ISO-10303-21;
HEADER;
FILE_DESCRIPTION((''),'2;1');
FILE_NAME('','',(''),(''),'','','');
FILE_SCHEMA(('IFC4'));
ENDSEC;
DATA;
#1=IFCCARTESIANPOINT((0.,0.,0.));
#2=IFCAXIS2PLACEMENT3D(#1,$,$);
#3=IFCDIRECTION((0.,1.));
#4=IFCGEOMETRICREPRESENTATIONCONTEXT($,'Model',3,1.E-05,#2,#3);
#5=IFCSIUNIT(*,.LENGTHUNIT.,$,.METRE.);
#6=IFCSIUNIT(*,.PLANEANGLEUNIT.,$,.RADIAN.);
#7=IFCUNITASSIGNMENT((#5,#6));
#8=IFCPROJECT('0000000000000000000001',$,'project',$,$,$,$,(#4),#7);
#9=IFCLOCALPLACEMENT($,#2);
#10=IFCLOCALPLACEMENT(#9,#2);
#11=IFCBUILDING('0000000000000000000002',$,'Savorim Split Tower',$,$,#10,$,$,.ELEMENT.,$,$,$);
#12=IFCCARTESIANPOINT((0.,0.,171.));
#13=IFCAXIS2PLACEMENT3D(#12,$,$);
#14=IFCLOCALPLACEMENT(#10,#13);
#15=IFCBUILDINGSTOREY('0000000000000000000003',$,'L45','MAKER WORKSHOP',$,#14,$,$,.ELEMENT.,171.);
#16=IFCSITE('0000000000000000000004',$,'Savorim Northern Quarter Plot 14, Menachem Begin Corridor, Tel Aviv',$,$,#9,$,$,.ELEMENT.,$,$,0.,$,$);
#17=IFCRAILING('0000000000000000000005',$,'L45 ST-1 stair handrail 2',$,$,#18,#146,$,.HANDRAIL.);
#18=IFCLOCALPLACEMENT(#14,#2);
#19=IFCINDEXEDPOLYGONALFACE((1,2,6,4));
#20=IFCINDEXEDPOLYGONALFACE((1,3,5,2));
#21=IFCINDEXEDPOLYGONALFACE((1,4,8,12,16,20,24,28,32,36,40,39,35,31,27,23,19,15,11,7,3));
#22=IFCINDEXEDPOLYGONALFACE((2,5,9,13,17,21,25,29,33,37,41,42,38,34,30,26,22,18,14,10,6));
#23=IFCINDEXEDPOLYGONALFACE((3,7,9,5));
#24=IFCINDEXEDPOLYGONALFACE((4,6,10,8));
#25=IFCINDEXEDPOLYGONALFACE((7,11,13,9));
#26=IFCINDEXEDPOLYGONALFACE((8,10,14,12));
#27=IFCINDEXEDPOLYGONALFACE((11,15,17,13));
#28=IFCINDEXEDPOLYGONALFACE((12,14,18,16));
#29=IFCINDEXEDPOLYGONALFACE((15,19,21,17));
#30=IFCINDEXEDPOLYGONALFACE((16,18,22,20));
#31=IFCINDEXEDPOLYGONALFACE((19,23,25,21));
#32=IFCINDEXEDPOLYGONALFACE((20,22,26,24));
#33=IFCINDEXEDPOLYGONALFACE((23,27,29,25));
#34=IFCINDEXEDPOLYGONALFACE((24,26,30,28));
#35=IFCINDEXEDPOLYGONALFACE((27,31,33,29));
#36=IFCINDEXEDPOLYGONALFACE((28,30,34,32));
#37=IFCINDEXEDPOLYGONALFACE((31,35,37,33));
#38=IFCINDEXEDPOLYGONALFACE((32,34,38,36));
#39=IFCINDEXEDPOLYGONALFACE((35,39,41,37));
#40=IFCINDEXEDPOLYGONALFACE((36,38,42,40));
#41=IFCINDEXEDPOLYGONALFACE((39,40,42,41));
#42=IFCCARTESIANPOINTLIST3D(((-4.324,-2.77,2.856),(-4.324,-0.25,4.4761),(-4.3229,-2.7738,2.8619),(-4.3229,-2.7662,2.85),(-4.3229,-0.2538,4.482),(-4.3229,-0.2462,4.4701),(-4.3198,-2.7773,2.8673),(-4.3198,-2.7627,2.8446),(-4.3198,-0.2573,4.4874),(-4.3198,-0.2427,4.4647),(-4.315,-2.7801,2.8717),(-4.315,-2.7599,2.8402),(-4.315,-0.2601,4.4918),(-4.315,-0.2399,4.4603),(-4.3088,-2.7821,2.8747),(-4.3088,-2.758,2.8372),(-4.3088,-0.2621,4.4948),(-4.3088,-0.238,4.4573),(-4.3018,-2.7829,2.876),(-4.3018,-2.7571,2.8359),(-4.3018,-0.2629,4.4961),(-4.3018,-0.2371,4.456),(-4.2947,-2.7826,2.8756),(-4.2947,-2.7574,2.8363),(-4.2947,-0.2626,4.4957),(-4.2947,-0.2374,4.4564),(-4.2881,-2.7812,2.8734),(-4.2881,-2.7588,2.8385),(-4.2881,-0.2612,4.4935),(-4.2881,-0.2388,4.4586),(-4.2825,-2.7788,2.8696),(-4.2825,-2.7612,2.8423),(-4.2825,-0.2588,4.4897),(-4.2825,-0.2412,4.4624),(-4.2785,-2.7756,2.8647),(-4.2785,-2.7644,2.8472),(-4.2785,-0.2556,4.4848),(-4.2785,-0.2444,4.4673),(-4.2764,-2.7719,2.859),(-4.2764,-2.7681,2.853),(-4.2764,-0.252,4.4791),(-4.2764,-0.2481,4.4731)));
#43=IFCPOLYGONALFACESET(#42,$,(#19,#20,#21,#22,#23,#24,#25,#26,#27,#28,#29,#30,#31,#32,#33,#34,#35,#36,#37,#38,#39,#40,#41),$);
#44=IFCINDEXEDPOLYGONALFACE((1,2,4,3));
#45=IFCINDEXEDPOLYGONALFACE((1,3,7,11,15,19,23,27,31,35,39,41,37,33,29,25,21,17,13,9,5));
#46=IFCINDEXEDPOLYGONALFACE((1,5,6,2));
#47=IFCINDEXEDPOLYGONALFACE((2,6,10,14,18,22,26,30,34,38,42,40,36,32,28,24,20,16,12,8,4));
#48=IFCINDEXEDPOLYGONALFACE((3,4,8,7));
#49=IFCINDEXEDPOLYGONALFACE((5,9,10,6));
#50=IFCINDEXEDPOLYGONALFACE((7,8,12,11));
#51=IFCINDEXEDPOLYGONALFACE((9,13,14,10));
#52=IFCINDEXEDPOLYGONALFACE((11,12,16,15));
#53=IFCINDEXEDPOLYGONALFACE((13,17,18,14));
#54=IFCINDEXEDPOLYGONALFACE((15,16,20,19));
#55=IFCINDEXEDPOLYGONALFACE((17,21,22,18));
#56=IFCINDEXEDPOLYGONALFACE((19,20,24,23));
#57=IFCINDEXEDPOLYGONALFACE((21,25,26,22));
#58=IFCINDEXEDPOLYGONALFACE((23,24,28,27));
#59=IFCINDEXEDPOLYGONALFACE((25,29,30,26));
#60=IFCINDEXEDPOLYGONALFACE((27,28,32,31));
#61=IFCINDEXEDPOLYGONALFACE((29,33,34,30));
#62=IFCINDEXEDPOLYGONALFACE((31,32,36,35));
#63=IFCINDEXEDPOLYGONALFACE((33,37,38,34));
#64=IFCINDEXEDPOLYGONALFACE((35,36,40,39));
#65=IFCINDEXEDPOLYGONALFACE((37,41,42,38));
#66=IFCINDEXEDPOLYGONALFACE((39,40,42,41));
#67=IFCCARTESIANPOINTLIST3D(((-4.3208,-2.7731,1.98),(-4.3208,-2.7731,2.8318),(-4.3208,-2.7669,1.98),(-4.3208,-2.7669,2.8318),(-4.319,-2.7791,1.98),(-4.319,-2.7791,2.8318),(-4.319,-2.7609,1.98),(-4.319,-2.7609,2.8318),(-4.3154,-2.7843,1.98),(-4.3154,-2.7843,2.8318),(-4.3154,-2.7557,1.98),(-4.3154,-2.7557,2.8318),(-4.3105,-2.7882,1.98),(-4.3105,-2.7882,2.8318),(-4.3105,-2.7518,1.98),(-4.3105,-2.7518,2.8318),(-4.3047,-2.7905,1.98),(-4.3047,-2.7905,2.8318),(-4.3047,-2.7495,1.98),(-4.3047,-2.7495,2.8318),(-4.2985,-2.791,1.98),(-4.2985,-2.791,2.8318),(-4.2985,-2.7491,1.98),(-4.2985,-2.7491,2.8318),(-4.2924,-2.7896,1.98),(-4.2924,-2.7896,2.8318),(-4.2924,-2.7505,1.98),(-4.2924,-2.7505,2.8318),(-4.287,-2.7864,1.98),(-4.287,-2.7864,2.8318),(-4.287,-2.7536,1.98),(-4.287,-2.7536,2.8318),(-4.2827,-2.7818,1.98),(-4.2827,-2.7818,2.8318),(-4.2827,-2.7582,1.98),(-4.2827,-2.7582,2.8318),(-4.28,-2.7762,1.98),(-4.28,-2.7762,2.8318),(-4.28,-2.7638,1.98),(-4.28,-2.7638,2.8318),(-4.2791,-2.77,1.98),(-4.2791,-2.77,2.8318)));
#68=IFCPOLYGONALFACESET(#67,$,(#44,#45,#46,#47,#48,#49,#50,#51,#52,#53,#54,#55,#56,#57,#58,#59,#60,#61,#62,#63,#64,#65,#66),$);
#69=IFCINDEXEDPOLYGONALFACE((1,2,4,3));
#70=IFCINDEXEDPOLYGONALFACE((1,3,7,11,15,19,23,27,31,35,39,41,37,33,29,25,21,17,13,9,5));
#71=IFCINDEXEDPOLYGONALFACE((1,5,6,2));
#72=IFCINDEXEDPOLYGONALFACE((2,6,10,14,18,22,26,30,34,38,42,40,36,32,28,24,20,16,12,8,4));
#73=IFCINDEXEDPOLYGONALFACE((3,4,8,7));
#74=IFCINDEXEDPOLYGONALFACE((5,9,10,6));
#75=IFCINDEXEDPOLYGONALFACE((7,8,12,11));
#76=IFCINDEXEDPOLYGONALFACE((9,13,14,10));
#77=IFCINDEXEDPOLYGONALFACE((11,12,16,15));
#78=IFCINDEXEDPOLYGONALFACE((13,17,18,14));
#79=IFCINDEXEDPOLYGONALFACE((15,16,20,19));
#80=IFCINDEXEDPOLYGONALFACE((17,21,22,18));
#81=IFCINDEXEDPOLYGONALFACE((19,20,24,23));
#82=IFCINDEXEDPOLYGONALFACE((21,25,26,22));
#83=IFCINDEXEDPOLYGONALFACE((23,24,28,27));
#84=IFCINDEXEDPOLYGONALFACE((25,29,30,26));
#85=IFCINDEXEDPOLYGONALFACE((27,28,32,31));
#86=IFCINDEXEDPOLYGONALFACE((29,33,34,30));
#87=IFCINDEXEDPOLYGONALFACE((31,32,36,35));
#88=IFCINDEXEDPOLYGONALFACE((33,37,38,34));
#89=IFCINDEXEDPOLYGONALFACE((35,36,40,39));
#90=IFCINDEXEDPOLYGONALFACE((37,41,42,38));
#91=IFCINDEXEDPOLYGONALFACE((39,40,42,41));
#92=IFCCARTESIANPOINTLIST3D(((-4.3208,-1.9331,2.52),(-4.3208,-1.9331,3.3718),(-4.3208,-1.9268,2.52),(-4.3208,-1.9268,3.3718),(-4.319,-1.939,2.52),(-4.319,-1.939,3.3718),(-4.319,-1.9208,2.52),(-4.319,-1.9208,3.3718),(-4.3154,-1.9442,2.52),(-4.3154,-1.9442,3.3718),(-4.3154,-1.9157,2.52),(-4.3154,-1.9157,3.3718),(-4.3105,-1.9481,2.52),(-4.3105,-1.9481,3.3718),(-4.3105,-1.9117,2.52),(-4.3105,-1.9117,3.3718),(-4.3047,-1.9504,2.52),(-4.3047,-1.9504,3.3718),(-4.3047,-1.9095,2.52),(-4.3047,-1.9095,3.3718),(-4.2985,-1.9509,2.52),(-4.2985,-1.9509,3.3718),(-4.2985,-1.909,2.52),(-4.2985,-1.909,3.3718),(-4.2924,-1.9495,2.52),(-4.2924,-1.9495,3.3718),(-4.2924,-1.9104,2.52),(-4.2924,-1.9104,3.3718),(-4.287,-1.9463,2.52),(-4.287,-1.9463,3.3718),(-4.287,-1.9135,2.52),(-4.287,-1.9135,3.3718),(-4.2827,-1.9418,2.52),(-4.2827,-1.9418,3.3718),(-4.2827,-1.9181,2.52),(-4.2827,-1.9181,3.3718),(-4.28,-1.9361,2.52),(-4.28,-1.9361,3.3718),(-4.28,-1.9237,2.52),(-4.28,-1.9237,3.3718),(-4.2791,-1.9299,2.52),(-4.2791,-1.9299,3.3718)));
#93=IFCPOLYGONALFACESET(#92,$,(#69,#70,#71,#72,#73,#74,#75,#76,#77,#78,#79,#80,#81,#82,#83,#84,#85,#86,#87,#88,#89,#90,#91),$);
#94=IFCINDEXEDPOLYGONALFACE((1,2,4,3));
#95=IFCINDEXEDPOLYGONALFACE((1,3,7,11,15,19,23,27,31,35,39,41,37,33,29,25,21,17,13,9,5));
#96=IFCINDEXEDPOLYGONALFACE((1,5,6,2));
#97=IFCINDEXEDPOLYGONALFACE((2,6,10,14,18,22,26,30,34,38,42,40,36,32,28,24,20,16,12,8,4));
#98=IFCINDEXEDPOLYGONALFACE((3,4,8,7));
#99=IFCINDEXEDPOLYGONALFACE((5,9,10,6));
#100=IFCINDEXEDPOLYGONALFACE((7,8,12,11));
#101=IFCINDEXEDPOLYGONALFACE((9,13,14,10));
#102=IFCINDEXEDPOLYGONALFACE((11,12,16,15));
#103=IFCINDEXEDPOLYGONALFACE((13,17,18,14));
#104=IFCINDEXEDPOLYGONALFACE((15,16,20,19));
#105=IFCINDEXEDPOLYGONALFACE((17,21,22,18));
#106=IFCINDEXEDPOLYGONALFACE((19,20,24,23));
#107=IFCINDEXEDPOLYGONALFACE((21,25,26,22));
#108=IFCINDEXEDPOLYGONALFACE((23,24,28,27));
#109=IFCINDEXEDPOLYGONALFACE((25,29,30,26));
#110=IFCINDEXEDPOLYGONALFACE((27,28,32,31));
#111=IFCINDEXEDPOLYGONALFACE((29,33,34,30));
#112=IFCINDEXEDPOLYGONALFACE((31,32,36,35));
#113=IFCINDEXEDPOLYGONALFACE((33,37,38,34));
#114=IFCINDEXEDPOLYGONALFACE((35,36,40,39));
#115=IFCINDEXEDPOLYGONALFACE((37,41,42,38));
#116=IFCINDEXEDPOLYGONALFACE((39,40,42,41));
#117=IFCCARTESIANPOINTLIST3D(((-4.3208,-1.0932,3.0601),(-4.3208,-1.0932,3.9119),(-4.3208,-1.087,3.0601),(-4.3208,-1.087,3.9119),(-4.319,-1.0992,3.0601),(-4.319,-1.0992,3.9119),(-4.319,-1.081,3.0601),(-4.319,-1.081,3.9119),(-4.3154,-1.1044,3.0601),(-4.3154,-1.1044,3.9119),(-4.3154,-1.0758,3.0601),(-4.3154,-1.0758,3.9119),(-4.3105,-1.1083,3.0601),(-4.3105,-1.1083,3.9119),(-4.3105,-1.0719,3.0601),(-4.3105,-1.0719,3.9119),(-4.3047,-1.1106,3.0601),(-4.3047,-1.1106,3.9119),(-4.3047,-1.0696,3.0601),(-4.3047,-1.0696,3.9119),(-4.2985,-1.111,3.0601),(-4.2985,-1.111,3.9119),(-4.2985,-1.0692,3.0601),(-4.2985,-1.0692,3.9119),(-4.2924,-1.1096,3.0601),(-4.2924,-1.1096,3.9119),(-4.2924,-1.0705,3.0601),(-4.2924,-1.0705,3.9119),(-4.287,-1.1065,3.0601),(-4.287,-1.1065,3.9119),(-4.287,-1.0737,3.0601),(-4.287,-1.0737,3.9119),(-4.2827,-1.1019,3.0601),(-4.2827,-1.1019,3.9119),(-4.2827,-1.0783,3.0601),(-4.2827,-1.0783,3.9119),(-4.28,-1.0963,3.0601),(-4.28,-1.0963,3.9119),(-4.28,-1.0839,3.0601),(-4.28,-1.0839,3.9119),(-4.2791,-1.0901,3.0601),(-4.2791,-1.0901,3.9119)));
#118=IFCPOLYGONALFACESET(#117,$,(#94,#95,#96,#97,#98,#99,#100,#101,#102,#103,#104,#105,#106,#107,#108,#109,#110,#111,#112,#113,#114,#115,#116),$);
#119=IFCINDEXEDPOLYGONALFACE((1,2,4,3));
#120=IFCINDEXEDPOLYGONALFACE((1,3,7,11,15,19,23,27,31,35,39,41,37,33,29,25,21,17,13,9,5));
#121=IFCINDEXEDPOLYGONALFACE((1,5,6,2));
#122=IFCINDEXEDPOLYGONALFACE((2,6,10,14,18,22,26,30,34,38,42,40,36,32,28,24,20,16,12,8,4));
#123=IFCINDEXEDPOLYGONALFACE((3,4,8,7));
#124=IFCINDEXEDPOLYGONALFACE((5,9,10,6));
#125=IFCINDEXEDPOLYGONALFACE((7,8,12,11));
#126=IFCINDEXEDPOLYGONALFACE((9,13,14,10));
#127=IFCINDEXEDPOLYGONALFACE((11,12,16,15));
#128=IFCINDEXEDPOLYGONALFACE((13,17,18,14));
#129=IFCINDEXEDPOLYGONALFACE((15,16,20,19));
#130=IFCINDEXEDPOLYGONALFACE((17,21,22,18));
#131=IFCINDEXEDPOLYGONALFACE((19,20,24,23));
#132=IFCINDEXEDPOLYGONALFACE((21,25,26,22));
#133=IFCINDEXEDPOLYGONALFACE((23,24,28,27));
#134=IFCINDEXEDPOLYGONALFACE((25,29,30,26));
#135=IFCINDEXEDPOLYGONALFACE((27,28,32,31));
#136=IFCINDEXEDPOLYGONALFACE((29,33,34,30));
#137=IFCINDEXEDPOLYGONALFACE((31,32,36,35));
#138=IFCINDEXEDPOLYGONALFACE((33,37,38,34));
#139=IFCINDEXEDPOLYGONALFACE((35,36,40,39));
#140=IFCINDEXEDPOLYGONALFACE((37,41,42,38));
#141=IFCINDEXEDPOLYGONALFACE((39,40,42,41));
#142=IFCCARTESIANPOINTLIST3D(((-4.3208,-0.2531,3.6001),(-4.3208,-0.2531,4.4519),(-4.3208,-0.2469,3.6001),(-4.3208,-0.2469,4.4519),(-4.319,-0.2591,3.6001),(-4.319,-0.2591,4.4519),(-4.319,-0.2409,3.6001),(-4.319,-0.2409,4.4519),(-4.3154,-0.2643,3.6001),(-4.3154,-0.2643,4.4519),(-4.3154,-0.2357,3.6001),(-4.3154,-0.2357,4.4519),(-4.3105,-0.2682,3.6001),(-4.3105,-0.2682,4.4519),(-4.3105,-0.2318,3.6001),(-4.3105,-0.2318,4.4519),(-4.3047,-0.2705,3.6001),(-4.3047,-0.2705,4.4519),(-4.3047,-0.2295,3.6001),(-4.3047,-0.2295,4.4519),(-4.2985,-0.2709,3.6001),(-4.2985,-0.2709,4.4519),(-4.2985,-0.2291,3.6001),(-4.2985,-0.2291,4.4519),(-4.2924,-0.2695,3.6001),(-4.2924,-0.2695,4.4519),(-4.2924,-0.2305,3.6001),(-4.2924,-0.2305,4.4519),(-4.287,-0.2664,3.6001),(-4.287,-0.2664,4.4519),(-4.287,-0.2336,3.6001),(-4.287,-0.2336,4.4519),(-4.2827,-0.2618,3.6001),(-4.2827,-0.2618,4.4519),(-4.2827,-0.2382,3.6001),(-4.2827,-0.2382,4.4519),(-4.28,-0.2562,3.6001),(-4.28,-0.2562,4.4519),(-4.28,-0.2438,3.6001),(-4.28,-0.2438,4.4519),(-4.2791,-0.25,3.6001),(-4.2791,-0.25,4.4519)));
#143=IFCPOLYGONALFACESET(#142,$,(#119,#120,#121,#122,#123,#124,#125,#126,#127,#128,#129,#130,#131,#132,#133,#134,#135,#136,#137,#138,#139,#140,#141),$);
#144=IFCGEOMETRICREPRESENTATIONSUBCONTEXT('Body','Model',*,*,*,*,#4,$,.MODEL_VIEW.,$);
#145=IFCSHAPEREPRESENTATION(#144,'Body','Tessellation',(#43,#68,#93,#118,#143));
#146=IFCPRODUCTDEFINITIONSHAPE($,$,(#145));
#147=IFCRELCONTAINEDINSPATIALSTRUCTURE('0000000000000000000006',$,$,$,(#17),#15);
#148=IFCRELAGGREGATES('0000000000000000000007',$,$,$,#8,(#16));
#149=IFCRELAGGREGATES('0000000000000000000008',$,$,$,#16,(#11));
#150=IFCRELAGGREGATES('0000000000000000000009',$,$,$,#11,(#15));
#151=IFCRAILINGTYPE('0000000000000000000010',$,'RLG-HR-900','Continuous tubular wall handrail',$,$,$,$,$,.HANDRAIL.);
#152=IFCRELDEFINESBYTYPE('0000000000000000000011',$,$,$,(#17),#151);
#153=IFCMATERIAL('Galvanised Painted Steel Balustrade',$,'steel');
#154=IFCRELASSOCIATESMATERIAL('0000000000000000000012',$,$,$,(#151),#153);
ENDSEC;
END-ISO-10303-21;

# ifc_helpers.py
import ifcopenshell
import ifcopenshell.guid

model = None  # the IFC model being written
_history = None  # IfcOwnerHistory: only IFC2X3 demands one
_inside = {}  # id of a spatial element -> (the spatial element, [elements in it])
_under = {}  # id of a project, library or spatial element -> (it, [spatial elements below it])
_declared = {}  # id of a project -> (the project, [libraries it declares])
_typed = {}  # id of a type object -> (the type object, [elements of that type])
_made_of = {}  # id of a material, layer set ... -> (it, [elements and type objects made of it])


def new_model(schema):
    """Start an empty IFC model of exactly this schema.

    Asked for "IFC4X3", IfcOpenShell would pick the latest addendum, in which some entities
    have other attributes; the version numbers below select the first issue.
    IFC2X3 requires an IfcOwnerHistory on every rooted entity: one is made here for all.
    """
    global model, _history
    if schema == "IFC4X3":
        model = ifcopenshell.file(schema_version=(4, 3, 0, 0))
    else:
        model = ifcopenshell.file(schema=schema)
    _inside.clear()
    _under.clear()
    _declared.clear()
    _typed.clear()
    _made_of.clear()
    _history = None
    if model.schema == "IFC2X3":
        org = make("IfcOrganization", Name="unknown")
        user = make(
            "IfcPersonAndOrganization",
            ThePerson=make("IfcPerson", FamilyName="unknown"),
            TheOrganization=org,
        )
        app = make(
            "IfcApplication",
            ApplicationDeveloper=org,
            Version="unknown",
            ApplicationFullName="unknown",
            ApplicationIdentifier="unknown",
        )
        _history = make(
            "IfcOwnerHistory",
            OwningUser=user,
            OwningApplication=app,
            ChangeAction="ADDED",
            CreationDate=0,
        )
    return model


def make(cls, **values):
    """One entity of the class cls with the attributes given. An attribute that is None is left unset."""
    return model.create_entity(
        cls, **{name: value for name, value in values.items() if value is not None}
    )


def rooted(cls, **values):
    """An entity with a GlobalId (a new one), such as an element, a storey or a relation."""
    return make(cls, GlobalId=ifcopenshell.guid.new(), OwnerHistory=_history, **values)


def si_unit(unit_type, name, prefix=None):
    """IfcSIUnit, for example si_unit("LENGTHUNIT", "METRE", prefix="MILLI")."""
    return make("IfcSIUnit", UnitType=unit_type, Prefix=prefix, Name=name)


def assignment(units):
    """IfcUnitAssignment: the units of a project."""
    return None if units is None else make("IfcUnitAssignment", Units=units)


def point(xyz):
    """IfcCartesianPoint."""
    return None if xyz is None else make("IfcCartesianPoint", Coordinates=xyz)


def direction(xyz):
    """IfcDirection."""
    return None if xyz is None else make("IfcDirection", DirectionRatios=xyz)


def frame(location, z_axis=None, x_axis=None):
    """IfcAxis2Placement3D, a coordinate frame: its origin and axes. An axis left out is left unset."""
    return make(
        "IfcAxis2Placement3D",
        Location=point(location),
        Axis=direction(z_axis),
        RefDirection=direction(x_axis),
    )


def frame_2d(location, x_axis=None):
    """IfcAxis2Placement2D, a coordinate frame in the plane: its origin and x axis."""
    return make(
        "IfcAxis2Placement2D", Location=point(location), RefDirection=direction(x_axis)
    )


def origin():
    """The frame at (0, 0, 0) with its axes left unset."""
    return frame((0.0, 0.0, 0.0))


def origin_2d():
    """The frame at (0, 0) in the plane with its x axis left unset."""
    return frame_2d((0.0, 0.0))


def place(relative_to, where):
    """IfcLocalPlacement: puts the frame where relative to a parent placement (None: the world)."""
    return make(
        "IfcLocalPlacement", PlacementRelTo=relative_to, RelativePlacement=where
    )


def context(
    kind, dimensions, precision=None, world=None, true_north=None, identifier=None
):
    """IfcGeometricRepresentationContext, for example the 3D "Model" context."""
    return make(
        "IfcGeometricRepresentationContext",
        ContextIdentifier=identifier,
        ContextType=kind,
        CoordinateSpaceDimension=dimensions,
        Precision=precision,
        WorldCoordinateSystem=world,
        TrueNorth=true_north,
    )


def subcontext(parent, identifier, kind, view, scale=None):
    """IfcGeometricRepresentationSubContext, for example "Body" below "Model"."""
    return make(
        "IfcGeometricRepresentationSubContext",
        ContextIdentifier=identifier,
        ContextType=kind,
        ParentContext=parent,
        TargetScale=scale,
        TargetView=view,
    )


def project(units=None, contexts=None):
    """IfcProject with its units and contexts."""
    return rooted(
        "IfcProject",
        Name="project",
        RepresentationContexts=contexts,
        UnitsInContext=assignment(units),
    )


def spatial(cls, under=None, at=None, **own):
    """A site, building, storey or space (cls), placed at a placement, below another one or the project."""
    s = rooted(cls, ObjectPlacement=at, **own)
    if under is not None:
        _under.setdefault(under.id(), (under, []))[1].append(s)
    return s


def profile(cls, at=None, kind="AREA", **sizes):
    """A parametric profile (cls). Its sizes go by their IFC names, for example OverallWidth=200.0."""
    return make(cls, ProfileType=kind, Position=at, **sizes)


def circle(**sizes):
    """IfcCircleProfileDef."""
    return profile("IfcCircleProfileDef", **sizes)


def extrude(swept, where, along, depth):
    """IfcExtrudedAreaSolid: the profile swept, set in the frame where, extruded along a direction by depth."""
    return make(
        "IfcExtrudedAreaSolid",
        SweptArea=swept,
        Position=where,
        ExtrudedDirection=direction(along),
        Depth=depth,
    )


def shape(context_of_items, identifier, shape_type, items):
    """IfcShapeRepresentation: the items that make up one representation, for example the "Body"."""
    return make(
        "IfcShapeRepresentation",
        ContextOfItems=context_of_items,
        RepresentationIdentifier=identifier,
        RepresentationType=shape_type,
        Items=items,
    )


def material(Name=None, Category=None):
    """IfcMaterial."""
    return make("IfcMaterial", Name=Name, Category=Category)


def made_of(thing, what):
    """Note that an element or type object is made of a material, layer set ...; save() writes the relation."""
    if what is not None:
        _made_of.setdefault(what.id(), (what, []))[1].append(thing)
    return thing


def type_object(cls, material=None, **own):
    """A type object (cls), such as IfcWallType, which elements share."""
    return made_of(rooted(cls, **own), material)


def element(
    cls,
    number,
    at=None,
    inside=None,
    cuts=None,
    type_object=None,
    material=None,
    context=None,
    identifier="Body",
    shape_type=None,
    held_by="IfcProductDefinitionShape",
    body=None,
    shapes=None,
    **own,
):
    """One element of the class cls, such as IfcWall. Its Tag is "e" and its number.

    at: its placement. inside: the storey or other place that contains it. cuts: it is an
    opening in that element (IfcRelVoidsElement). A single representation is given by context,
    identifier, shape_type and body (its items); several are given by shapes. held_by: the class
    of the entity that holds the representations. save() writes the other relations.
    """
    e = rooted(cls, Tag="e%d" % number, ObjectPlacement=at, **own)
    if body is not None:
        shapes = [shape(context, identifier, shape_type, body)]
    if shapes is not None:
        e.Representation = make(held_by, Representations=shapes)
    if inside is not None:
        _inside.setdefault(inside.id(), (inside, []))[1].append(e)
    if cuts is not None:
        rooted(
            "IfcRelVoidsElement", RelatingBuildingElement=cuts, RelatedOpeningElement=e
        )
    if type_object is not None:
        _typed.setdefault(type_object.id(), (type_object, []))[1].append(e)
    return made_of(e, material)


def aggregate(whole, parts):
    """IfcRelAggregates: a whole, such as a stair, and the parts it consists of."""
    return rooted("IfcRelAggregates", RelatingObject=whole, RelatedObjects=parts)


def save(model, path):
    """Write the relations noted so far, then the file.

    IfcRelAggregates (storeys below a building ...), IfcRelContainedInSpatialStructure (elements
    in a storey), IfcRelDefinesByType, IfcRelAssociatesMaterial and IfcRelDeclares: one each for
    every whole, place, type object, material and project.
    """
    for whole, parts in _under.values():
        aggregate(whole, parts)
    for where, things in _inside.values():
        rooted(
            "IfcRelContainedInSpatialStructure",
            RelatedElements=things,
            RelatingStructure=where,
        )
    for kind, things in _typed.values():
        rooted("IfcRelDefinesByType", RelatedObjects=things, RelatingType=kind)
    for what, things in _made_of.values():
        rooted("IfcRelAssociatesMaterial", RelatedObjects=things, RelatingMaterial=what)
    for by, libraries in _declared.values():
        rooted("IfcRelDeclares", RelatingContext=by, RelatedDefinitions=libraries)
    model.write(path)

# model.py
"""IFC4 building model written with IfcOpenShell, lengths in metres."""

from ifc_helpers import new_model, si_unit, direction, frame, origin, origin_2d, place, context, subcontext, project, spatial, circle, extrude, material, type_object, element, save


model = new_model("IFC4")

# Units and contexts
model_context = context("Model", 3, precision=1e-05, world=origin(), true_north=direction((0.0, 1.0)))
body_context = subcontext(model_context, "Body", "Model", "MODEL_VIEW")
ifc_project = project(units=[si_unit("LENGTHUNIT", "METRE"), si_unit("PLANEANGLEUNIT", "RADIAN")], contexts=[model_context])

# Site, building, storey
site_placement = place(None, origin())
site = spatial("IfcSite", under=ifc_project, at=site_placement, Name="Savorim Northern Quarter Plot 14, Menachem Begin Corridor, Tel Aviv", CompositionType="ELEMENT", RefElevation=0.0)
building_placement = place(site_placement, origin())
building = spatial("IfcBuilding", under=site, at=building_placement, Name="Savorim Split Tower", CompositionType="ELEMENT")
storey_placement = place(building_placement, frame((0.0, 0.0, 171.0)))
storey = spatial("IfcBuildingStorey", under=building, at=storey_placement, Name="L45", Description="MAKER WORKSHOP", CompositionType="ELEMENT", Elevation=171.0)

# Railing
ifc_material_1 = material(Name="Galvanised Painted Steel Balustrade", Category="steel")
railing_type_1 = type_object("IfcRailingType", Name="RLG-HR-900", Description="Continuous tubular wall handrail", PredefinedType="HANDRAIL", material=ifc_material_1)
railing_1_placement = place(storey_placement, frame((-4.3, -2.77, 1.98)))
element("IfcRailing", 1, at=railing_1_placement, inside=storey, type_object=railing_type_1, Name="L45 ST-1 stair handrail 2", PredefinedType="HANDRAIL", context=body_context, shape_type="SweptSolid", body=[
    extrude(circle(Radius=0.0239, at=origin_2d()), frame((0.0, 0.0, 0.876), z_axis=(0.0, 0.841163, 0.540782), x_axis=(-1.0, 0.0, 0.0)), (0.0, 0.0, 1.0), 2.9958),
    extrude(circle(Radius=0.021, at=origin_2d()), origin(), (0.0, 0.0, 1.0), 0.8518),
    extrude(circle(Radius=0.021, at=origin_2d()), frame((0.0, 0.8401, 0.54)), (0.0, 0.0, 1.0), 0.8518),
    extrude(circle(Radius=0.021, at=origin_2d()), frame((0.0, 1.6799, 1.0801)), (0.0, 0.0, 1.0), 0.8518),
    extrude(circle(Radius=0.021, at=origin_2d()), frame((0.0, 2.52, 1.6201)), (0.0, 0.0, 1.0), 0.8518),
])

save(model, "model.ifc")
